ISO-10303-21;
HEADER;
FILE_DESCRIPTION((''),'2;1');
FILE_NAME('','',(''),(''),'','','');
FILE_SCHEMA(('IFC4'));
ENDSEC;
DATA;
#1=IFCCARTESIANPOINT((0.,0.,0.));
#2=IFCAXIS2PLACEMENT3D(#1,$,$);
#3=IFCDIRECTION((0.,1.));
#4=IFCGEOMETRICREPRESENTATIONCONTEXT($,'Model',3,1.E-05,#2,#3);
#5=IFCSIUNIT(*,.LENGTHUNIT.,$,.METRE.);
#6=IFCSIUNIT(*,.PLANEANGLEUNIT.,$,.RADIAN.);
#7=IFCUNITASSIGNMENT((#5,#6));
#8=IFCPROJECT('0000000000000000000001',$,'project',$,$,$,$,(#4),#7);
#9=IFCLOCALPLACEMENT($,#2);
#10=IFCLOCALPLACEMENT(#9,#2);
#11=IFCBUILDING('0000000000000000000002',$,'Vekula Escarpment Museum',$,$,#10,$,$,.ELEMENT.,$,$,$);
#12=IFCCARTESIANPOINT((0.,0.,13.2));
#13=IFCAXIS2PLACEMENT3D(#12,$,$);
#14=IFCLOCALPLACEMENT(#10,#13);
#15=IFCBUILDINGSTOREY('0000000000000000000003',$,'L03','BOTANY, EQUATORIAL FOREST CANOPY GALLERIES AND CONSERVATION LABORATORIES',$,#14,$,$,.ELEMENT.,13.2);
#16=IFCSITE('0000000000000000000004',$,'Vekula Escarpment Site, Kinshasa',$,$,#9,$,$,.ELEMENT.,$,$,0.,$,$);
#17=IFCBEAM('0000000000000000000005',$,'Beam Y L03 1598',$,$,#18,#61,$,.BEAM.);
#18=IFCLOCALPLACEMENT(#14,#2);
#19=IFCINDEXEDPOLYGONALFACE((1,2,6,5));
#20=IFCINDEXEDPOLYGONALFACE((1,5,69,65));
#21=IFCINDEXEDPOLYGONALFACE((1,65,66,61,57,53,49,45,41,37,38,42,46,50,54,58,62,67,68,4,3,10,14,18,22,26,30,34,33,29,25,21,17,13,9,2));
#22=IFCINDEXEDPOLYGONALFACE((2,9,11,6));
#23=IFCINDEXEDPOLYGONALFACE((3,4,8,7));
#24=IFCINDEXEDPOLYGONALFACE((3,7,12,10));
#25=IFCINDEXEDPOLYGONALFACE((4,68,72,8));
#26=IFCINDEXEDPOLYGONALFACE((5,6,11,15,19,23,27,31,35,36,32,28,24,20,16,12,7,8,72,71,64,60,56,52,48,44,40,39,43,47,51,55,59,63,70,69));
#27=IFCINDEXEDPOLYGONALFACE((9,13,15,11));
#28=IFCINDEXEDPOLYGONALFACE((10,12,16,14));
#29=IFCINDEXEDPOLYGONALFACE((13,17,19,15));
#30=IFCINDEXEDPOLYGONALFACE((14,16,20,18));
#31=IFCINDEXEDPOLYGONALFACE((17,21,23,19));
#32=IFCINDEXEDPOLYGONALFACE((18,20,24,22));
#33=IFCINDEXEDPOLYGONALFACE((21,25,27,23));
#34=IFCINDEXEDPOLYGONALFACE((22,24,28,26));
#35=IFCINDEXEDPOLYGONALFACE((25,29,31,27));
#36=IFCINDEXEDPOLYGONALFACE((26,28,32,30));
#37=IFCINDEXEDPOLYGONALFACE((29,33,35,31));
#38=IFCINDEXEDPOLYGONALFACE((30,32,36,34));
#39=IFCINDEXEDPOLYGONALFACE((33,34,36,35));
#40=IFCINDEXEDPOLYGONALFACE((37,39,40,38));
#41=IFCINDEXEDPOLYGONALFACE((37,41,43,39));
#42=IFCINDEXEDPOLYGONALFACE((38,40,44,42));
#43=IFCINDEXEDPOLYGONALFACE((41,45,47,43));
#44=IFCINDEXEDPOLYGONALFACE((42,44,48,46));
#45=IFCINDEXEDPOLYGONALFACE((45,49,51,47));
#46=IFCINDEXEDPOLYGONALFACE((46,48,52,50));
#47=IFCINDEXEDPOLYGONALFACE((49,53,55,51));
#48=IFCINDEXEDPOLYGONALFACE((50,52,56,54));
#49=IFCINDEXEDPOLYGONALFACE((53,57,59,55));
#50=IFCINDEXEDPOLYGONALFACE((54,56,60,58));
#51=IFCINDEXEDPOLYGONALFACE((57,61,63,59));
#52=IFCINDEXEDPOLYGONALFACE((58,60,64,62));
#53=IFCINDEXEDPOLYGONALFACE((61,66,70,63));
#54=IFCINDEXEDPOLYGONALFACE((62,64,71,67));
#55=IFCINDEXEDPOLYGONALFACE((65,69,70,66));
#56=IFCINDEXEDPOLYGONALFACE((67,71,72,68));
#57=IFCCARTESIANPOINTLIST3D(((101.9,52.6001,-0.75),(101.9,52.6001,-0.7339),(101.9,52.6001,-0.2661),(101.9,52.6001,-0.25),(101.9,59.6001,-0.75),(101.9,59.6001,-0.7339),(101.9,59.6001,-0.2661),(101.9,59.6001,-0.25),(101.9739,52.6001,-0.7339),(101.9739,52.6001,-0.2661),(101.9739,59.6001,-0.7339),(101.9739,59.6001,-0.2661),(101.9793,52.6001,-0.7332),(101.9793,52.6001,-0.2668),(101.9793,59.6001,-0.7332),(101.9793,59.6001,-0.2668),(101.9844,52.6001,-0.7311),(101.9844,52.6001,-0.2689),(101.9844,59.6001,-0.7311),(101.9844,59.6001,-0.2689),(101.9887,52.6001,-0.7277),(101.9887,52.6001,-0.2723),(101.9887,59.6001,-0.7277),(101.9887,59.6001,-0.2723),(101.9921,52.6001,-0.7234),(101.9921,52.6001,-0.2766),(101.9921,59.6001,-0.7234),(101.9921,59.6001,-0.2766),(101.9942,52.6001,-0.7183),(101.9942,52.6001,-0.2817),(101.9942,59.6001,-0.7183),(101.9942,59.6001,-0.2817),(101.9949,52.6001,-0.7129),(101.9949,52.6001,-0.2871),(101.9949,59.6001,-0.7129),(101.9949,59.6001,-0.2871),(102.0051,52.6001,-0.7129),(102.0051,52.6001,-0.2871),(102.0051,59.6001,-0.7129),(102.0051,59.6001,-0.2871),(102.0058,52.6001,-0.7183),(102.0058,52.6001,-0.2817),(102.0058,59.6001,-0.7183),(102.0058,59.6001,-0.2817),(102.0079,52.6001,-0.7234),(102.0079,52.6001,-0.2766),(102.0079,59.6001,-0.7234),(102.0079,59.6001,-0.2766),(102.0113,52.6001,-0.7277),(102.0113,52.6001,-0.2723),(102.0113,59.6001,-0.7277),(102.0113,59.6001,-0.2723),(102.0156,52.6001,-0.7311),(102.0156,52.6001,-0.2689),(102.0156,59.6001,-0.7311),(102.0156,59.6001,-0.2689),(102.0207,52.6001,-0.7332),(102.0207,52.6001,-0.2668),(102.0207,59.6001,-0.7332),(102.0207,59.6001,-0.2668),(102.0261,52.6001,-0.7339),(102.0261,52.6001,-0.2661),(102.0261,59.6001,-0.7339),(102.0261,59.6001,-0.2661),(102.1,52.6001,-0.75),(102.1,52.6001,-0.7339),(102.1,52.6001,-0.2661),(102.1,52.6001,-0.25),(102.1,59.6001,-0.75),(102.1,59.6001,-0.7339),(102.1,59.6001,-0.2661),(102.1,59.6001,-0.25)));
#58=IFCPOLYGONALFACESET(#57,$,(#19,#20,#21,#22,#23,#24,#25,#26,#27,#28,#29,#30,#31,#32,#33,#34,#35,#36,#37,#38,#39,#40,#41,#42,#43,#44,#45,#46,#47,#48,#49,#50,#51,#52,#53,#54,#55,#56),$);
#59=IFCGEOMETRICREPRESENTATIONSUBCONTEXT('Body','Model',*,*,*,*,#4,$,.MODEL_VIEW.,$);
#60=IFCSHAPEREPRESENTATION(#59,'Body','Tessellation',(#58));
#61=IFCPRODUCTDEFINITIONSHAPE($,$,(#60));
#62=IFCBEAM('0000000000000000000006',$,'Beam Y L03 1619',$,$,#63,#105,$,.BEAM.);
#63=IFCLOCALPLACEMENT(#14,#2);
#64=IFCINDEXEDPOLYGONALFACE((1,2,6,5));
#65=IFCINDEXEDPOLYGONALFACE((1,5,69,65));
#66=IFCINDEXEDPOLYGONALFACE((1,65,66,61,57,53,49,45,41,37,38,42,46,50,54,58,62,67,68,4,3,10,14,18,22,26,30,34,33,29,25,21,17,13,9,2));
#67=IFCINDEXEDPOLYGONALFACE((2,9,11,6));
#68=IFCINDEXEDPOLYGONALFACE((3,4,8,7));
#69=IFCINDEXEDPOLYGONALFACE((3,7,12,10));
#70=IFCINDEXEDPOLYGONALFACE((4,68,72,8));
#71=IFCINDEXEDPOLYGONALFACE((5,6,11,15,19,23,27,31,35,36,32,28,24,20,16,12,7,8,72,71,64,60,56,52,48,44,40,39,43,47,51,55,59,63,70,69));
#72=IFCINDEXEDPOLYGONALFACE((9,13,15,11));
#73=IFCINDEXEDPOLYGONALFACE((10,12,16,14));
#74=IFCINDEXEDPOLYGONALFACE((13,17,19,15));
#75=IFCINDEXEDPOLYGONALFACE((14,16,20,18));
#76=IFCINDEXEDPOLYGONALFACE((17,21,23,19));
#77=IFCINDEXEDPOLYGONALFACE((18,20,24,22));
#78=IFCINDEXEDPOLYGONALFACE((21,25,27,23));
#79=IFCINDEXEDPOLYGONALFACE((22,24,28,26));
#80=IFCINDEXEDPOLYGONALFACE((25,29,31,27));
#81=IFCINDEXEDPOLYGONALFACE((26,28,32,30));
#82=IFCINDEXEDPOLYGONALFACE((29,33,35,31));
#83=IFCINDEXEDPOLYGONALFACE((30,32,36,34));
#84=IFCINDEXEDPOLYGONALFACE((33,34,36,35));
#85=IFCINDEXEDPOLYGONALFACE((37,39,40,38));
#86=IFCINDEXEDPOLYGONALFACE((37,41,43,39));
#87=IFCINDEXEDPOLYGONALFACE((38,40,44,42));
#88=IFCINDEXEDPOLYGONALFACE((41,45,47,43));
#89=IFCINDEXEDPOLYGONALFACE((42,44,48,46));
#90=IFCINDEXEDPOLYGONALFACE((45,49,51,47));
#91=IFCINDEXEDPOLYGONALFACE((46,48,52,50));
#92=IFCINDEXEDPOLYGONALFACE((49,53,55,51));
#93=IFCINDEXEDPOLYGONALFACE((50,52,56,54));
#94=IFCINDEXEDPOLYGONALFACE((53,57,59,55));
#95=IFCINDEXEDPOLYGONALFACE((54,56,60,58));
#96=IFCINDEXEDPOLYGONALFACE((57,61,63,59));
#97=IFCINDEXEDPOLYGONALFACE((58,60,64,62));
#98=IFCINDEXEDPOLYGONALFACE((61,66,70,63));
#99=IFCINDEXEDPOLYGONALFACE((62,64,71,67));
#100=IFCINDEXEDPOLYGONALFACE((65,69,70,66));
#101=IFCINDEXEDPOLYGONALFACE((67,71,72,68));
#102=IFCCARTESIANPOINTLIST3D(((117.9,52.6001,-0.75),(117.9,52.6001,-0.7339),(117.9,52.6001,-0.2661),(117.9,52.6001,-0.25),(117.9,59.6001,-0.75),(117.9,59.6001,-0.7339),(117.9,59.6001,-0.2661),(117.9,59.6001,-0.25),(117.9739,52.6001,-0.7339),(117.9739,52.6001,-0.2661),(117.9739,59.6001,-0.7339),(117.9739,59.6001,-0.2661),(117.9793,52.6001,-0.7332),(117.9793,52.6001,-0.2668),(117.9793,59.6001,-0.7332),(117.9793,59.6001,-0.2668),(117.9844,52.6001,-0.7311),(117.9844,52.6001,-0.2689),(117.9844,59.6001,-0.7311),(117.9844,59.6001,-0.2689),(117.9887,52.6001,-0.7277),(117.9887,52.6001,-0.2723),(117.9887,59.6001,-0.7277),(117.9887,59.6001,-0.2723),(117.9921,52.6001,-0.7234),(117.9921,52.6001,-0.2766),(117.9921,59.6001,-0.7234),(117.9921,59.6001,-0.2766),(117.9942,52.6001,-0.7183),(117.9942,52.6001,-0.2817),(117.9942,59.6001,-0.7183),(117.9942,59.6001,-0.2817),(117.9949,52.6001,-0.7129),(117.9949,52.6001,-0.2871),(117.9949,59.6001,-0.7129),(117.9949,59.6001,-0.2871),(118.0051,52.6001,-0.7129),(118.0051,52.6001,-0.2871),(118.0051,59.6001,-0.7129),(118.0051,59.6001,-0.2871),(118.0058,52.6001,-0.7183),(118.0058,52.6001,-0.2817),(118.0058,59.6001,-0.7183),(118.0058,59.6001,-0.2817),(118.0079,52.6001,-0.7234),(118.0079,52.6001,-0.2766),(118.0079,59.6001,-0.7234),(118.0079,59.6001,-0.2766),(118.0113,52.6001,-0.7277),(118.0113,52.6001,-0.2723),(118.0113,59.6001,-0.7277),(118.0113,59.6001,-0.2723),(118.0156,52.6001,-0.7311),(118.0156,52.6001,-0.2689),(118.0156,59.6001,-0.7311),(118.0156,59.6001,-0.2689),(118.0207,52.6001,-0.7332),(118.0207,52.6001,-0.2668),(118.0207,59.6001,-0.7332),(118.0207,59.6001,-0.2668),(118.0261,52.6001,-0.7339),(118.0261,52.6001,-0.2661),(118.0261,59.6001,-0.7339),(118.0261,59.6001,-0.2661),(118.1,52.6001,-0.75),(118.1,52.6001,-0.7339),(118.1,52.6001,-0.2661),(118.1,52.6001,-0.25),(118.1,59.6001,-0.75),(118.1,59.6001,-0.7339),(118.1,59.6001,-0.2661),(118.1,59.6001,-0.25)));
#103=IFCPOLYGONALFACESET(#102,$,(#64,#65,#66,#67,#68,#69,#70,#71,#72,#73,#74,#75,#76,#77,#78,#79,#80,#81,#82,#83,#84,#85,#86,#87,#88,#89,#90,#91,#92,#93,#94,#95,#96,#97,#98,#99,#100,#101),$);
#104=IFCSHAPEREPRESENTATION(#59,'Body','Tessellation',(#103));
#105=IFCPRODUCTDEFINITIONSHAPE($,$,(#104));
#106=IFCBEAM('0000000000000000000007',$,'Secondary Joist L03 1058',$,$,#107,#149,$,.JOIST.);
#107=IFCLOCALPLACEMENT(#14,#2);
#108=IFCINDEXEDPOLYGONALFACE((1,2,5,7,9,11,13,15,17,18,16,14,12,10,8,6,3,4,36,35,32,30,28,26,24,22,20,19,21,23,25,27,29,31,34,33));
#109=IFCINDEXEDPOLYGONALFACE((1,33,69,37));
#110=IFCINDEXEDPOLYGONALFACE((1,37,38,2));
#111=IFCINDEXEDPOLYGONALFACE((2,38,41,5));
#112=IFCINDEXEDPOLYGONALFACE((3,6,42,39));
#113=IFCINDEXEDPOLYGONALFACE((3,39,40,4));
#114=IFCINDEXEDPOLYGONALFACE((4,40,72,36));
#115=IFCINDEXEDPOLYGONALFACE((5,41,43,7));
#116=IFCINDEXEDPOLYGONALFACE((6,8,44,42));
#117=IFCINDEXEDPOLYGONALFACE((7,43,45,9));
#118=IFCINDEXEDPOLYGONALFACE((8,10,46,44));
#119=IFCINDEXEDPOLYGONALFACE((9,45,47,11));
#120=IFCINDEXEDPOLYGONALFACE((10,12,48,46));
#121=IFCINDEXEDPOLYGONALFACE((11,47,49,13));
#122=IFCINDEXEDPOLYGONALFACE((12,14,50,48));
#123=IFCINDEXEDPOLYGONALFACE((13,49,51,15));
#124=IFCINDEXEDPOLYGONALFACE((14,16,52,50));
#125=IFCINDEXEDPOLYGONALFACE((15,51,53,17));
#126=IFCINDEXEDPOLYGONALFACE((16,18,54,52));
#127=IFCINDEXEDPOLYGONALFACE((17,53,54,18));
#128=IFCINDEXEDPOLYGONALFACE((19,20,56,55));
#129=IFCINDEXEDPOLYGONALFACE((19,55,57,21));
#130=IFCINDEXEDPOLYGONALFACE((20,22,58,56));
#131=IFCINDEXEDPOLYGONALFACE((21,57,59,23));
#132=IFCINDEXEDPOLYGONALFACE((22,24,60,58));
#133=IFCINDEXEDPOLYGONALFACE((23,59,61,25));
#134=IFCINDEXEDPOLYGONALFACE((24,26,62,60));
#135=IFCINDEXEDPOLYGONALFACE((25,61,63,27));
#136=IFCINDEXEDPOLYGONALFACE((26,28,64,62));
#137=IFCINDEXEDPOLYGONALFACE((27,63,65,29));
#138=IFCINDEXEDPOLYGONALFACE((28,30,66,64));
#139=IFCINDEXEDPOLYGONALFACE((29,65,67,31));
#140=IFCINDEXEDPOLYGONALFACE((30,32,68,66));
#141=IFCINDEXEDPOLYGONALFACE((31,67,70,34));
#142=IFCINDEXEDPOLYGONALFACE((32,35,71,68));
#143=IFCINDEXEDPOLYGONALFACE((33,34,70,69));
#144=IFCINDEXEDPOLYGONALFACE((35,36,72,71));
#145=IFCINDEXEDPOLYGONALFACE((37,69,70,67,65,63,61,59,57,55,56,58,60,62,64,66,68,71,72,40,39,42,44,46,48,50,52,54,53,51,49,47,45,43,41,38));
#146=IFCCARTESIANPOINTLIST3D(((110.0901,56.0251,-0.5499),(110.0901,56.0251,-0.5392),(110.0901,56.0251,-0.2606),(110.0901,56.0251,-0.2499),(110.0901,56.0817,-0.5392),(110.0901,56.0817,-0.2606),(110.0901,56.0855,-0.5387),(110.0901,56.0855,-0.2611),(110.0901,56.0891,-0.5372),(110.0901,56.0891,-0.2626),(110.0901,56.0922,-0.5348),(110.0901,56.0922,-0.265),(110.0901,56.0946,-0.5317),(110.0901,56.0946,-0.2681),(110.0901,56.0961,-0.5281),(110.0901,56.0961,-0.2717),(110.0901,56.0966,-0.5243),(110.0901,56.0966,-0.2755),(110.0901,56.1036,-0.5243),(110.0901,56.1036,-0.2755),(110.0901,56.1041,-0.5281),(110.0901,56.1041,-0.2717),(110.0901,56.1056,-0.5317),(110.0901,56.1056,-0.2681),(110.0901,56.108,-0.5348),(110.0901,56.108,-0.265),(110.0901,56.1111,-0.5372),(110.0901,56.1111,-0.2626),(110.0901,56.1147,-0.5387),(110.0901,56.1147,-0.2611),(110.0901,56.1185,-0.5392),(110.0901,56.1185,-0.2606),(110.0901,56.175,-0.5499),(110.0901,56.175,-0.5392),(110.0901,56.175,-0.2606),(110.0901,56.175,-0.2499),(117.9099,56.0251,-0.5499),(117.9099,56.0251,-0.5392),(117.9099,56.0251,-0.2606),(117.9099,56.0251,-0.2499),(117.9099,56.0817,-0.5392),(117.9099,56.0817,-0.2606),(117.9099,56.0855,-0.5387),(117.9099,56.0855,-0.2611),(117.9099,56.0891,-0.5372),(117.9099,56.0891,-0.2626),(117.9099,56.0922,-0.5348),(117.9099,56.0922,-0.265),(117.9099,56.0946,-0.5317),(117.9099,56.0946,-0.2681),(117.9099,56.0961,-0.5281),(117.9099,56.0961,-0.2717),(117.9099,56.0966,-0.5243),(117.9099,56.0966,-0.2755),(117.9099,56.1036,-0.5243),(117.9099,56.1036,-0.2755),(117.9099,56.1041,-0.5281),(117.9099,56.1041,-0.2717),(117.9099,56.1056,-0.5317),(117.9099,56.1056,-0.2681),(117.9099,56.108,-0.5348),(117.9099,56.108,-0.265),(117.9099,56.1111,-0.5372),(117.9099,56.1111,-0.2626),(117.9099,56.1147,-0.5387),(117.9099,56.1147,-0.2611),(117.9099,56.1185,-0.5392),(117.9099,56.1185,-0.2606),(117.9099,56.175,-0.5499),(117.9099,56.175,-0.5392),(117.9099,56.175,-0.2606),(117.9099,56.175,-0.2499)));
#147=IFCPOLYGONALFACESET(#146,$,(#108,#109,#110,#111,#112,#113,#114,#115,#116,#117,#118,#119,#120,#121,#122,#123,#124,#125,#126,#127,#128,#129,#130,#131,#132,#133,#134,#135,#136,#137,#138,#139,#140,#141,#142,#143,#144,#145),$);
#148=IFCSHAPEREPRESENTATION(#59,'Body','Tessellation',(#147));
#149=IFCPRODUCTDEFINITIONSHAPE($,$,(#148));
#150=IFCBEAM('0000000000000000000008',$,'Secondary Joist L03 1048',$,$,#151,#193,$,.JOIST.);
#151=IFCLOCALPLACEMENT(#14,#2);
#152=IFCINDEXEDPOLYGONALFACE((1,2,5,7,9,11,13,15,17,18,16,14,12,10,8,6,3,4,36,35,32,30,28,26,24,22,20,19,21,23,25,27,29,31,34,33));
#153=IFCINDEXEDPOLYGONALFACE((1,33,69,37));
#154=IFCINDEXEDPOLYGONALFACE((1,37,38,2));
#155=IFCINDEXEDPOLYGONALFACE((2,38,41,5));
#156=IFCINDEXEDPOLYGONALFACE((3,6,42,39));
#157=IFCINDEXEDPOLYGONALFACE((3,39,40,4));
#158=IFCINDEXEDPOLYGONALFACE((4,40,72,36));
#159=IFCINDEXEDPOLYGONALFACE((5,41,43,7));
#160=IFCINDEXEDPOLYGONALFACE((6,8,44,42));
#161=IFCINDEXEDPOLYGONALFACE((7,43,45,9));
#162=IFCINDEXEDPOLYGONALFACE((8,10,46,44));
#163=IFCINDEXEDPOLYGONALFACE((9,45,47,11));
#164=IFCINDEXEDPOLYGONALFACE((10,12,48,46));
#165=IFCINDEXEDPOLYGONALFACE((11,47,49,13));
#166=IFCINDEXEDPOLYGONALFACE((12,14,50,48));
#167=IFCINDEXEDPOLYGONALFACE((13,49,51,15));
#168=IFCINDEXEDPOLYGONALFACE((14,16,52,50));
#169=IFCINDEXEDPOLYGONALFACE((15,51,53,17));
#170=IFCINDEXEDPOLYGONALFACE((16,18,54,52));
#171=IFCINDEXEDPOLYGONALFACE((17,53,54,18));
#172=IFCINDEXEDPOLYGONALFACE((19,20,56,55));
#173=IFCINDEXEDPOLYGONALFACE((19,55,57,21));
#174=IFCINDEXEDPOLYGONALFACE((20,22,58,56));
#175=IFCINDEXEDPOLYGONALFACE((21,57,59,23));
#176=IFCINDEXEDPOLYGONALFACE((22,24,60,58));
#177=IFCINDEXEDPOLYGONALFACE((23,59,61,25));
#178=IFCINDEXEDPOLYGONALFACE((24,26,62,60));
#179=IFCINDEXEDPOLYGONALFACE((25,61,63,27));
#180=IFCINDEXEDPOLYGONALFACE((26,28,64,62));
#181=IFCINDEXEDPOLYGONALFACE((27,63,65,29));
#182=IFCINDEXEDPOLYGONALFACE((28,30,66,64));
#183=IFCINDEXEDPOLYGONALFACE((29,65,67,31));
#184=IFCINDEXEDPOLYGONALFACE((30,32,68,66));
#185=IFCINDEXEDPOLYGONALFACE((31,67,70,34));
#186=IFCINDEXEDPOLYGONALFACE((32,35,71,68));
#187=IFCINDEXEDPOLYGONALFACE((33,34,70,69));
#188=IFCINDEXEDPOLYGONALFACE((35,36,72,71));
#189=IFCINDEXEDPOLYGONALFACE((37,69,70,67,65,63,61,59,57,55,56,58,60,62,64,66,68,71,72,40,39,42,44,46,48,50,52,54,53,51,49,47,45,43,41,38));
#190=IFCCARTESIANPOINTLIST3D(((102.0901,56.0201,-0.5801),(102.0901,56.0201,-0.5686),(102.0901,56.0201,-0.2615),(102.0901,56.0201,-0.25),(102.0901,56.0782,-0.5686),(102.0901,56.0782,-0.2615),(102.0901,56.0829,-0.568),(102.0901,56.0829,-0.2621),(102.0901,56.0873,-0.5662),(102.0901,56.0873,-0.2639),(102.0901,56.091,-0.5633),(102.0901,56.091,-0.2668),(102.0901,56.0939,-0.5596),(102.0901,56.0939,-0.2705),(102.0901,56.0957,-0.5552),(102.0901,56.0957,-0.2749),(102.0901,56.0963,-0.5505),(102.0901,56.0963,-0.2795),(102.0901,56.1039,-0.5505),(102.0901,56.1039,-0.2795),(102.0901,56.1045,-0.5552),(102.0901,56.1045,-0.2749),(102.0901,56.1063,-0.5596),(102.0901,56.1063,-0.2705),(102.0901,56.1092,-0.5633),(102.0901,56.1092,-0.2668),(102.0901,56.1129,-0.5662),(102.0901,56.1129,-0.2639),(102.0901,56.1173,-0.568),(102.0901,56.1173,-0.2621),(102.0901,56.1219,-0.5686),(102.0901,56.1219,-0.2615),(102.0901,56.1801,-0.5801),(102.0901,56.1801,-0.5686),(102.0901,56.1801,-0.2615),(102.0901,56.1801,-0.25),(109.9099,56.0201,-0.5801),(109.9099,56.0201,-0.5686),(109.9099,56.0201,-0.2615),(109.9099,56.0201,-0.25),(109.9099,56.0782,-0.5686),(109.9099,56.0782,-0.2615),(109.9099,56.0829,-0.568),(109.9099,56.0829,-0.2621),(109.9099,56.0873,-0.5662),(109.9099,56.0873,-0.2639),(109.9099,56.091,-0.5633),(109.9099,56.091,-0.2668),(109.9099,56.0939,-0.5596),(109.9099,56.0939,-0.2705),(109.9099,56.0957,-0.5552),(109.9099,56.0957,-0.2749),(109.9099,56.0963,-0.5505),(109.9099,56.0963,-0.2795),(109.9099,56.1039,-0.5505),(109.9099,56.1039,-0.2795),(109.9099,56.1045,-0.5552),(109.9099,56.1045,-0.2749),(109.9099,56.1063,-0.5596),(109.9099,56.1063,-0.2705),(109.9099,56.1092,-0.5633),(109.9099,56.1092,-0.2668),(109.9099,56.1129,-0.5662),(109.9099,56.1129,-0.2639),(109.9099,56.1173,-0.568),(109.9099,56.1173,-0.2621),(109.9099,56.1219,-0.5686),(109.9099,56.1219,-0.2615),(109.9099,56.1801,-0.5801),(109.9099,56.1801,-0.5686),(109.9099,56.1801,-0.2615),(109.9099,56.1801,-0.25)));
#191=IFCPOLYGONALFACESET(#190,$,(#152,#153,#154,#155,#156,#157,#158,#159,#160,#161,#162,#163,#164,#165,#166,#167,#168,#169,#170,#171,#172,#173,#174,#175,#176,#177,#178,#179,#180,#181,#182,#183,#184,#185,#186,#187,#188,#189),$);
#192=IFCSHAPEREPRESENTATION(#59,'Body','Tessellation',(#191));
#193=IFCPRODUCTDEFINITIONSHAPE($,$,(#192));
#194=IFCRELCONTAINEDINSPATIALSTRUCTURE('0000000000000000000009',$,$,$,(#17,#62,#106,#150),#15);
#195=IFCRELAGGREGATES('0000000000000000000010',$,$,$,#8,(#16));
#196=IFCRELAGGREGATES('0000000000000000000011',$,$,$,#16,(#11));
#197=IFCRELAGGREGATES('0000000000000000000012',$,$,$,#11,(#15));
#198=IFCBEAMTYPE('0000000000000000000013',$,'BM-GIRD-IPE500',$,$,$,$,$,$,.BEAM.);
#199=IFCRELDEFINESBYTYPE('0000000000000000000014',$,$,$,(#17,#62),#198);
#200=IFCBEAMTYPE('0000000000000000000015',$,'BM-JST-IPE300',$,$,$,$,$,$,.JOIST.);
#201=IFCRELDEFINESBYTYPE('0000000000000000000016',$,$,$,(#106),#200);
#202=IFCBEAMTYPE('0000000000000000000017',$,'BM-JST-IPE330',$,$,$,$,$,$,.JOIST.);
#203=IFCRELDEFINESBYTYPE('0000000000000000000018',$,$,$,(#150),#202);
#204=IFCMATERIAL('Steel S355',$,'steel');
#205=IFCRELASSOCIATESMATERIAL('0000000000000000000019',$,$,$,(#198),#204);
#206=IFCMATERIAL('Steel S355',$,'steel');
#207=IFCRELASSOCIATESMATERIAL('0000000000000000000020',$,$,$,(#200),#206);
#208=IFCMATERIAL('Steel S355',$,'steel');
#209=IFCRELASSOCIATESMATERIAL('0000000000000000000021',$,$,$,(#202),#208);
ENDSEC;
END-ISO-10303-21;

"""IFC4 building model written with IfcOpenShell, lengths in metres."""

from ifc_helpers import new_model, si_unit, direction, frame, origin, origin_2d, place, context, subcontext, project, spatial, i_section, extrude, material, material_profile, profile_set, type_object, element, save


model = new_model("IFC4")

# Units and contexts
model_context = context("Model", 3, precision=1e-05, world=origin(), true_north=direction((0.0, 1.0)))
body_context = subcontext(model_context, "Body", "Model", "MODEL_VIEW")
ifc_project = project(units=[si_unit("LENGTHUNIT", "METRE"), si_unit("PLANEANGLEUNIT", "RADIAN")], contexts=[model_context])

# Site, building, storey
site_placement = place(None, origin())
site = spatial("IfcSite", under=ifc_project, at=site_placement, Name="Vekula Escarpment Site, Kinshasa", CompositionType="ELEMENT", RefElevation=0.0)
building_placement = place(site_placement, origin())
building = spatial("IfcBuilding", under=site, at=building_placement, Name="Vekula Escarpment Museum", CompositionType="ELEMENT")
storey_placement = place(building_placement, frame((0.0, 0.0, 13.2)))
storey = spatial("IfcBuildingStorey", under=building, at=storey_placement, Name="L03", Description="BOTANY, EQUATORIAL FOREST CANOPY GALLERIES AND CONSERVATION LABORATORIES", CompositionType="ELEMENT", Elevation=13.2)

# Beams
ifc_material_1 = material(Name="Steel S355", Category="steel")
ifc_material_profile_1 = material_profile(ifc_material_1, i_section(OverallWidth=0.2, OverallDepth=0.5, WebThickness=0.0103, FlangeThickness=0.0161, FilletRadius=0.021, at=origin_2d()), Name="IPE 500")
ifc_profile_set_1 = profile_set([ifc_material_profile_1], Name="Steel S355")
beam_type_1 = type_object("IfcBeamType", Name="BM-GIRD-IPE500", PredefinedType="BEAM", material=ifc_profile_set_1)
for number, where, z_axis, x_axis, name in (
    (1, (102.0, 52.6001, -0.5), (0.0, 1.0, 0.0), (-1.0, 0.0, 0.0), "Beam Y L03 1598"),
    (2, (118.0, 52.6001, -0.5), (0.0, 1.0, 0.0), (-1.0, 0.0, 0.0), "Beam Y L03 1619"),
):
    element("IfcBeam", number, at=place(storey_placement, frame(where, z_axis=z_axis, x_axis=x_axis)), inside=storey, type_object=beam_type_1, Name=name, PredefinedType="BEAM", context=body_context, shape_type="SweptSolid", body=[
        extrude(i_section(OverallWidth=0.2, OverallDepth=0.5, WebThickness=0.0103, FlangeThickness=0.0161, FilletRadius=0.021, at=origin_2d()), origin(), (0.0, 0.0, 1.0), 7.0),
    ])
ifc_material_2 = material(Name="Steel S355", Category="steel")
ifc_material_profile_2 = material_profile(ifc_material_2, i_section(OverallWidth=0.1499, OverallDepth=0.3, WebThickness=0.0071, FlangeThickness=0.0107, FilletRadius=0.0149, at=origin_2d()), Name="IPE 300")
ifc_profile_set_2 = profile_set([ifc_material_profile_2], Name="Steel S355")
beam_type_2 = type_object("IfcBeamType", Name="BM-JST-IPE300", PredefinedType="JOIST", material=ifc_profile_set_2)
beam_1_placement = place(storey_placement, frame((110.0901, 56.1001, -0.3999), z_axis=(1.0, 0.0, 0.0), x_axis=(0.0, 1.0, 0.0)))
element("IfcBeam", 3, at=beam_1_placement, inside=storey, type_object=beam_type_2, Name="Secondary Joist L03 1058", PredefinedType="JOIST", context=body_context, shape_type="SweptSolid", body=[
    extrude(i_section(OverallWidth=0.1499, OverallDepth=0.3, WebThickness=0.0071, FlangeThickness=0.0107, FilletRadius=0.0149, at=origin_2d()), origin(), (0.0, 0.0, 1.0), 7.8198),
])
ifc_material_3 = material(Name="Steel S355", Category="steel")
ifc_material_profile_3 = material_profile(ifc_material_3, i_section(OverallWidth=0.1599, OverallDepth=0.3301, WebThickness=0.0076, FlangeThickness=0.0115, FilletRadius=0.0181, at=origin_2d()), Name="IPE 330")
ifc_profile_set_3 = profile_set([ifc_material_profile_3], Name="Steel S355")
beam_type_3 = type_object("IfcBeamType", Name="BM-JST-IPE330", PredefinedType="JOIST", material=ifc_profile_set_3)
beam_2_placement = place(storey_placement, frame((102.0901, 56.1001, -0.415), z_axis=(1.0, 0.0, 0.0), x_axis=(0.0, 1.0, 0.0)))
element("IfcBeam", 4, at=beam_2_placement, inside=storey, type_object=beam_type_3, Name="Secondary Joist L03 1048", PredefinedType="JOIST", context=body_context, shape_type="SweptSolid", body=[
    extrude(i_section(OverallWidth=0.1599, OverallDepth=0.3301, WebThickness=0.0076, FlangeThickness=0.0115, FilletRadius=0.0181, at=origin_2d()), origin(), (0.0, 0.0, 1.0), 7.8198),
])

save(model, "model.ifc")
